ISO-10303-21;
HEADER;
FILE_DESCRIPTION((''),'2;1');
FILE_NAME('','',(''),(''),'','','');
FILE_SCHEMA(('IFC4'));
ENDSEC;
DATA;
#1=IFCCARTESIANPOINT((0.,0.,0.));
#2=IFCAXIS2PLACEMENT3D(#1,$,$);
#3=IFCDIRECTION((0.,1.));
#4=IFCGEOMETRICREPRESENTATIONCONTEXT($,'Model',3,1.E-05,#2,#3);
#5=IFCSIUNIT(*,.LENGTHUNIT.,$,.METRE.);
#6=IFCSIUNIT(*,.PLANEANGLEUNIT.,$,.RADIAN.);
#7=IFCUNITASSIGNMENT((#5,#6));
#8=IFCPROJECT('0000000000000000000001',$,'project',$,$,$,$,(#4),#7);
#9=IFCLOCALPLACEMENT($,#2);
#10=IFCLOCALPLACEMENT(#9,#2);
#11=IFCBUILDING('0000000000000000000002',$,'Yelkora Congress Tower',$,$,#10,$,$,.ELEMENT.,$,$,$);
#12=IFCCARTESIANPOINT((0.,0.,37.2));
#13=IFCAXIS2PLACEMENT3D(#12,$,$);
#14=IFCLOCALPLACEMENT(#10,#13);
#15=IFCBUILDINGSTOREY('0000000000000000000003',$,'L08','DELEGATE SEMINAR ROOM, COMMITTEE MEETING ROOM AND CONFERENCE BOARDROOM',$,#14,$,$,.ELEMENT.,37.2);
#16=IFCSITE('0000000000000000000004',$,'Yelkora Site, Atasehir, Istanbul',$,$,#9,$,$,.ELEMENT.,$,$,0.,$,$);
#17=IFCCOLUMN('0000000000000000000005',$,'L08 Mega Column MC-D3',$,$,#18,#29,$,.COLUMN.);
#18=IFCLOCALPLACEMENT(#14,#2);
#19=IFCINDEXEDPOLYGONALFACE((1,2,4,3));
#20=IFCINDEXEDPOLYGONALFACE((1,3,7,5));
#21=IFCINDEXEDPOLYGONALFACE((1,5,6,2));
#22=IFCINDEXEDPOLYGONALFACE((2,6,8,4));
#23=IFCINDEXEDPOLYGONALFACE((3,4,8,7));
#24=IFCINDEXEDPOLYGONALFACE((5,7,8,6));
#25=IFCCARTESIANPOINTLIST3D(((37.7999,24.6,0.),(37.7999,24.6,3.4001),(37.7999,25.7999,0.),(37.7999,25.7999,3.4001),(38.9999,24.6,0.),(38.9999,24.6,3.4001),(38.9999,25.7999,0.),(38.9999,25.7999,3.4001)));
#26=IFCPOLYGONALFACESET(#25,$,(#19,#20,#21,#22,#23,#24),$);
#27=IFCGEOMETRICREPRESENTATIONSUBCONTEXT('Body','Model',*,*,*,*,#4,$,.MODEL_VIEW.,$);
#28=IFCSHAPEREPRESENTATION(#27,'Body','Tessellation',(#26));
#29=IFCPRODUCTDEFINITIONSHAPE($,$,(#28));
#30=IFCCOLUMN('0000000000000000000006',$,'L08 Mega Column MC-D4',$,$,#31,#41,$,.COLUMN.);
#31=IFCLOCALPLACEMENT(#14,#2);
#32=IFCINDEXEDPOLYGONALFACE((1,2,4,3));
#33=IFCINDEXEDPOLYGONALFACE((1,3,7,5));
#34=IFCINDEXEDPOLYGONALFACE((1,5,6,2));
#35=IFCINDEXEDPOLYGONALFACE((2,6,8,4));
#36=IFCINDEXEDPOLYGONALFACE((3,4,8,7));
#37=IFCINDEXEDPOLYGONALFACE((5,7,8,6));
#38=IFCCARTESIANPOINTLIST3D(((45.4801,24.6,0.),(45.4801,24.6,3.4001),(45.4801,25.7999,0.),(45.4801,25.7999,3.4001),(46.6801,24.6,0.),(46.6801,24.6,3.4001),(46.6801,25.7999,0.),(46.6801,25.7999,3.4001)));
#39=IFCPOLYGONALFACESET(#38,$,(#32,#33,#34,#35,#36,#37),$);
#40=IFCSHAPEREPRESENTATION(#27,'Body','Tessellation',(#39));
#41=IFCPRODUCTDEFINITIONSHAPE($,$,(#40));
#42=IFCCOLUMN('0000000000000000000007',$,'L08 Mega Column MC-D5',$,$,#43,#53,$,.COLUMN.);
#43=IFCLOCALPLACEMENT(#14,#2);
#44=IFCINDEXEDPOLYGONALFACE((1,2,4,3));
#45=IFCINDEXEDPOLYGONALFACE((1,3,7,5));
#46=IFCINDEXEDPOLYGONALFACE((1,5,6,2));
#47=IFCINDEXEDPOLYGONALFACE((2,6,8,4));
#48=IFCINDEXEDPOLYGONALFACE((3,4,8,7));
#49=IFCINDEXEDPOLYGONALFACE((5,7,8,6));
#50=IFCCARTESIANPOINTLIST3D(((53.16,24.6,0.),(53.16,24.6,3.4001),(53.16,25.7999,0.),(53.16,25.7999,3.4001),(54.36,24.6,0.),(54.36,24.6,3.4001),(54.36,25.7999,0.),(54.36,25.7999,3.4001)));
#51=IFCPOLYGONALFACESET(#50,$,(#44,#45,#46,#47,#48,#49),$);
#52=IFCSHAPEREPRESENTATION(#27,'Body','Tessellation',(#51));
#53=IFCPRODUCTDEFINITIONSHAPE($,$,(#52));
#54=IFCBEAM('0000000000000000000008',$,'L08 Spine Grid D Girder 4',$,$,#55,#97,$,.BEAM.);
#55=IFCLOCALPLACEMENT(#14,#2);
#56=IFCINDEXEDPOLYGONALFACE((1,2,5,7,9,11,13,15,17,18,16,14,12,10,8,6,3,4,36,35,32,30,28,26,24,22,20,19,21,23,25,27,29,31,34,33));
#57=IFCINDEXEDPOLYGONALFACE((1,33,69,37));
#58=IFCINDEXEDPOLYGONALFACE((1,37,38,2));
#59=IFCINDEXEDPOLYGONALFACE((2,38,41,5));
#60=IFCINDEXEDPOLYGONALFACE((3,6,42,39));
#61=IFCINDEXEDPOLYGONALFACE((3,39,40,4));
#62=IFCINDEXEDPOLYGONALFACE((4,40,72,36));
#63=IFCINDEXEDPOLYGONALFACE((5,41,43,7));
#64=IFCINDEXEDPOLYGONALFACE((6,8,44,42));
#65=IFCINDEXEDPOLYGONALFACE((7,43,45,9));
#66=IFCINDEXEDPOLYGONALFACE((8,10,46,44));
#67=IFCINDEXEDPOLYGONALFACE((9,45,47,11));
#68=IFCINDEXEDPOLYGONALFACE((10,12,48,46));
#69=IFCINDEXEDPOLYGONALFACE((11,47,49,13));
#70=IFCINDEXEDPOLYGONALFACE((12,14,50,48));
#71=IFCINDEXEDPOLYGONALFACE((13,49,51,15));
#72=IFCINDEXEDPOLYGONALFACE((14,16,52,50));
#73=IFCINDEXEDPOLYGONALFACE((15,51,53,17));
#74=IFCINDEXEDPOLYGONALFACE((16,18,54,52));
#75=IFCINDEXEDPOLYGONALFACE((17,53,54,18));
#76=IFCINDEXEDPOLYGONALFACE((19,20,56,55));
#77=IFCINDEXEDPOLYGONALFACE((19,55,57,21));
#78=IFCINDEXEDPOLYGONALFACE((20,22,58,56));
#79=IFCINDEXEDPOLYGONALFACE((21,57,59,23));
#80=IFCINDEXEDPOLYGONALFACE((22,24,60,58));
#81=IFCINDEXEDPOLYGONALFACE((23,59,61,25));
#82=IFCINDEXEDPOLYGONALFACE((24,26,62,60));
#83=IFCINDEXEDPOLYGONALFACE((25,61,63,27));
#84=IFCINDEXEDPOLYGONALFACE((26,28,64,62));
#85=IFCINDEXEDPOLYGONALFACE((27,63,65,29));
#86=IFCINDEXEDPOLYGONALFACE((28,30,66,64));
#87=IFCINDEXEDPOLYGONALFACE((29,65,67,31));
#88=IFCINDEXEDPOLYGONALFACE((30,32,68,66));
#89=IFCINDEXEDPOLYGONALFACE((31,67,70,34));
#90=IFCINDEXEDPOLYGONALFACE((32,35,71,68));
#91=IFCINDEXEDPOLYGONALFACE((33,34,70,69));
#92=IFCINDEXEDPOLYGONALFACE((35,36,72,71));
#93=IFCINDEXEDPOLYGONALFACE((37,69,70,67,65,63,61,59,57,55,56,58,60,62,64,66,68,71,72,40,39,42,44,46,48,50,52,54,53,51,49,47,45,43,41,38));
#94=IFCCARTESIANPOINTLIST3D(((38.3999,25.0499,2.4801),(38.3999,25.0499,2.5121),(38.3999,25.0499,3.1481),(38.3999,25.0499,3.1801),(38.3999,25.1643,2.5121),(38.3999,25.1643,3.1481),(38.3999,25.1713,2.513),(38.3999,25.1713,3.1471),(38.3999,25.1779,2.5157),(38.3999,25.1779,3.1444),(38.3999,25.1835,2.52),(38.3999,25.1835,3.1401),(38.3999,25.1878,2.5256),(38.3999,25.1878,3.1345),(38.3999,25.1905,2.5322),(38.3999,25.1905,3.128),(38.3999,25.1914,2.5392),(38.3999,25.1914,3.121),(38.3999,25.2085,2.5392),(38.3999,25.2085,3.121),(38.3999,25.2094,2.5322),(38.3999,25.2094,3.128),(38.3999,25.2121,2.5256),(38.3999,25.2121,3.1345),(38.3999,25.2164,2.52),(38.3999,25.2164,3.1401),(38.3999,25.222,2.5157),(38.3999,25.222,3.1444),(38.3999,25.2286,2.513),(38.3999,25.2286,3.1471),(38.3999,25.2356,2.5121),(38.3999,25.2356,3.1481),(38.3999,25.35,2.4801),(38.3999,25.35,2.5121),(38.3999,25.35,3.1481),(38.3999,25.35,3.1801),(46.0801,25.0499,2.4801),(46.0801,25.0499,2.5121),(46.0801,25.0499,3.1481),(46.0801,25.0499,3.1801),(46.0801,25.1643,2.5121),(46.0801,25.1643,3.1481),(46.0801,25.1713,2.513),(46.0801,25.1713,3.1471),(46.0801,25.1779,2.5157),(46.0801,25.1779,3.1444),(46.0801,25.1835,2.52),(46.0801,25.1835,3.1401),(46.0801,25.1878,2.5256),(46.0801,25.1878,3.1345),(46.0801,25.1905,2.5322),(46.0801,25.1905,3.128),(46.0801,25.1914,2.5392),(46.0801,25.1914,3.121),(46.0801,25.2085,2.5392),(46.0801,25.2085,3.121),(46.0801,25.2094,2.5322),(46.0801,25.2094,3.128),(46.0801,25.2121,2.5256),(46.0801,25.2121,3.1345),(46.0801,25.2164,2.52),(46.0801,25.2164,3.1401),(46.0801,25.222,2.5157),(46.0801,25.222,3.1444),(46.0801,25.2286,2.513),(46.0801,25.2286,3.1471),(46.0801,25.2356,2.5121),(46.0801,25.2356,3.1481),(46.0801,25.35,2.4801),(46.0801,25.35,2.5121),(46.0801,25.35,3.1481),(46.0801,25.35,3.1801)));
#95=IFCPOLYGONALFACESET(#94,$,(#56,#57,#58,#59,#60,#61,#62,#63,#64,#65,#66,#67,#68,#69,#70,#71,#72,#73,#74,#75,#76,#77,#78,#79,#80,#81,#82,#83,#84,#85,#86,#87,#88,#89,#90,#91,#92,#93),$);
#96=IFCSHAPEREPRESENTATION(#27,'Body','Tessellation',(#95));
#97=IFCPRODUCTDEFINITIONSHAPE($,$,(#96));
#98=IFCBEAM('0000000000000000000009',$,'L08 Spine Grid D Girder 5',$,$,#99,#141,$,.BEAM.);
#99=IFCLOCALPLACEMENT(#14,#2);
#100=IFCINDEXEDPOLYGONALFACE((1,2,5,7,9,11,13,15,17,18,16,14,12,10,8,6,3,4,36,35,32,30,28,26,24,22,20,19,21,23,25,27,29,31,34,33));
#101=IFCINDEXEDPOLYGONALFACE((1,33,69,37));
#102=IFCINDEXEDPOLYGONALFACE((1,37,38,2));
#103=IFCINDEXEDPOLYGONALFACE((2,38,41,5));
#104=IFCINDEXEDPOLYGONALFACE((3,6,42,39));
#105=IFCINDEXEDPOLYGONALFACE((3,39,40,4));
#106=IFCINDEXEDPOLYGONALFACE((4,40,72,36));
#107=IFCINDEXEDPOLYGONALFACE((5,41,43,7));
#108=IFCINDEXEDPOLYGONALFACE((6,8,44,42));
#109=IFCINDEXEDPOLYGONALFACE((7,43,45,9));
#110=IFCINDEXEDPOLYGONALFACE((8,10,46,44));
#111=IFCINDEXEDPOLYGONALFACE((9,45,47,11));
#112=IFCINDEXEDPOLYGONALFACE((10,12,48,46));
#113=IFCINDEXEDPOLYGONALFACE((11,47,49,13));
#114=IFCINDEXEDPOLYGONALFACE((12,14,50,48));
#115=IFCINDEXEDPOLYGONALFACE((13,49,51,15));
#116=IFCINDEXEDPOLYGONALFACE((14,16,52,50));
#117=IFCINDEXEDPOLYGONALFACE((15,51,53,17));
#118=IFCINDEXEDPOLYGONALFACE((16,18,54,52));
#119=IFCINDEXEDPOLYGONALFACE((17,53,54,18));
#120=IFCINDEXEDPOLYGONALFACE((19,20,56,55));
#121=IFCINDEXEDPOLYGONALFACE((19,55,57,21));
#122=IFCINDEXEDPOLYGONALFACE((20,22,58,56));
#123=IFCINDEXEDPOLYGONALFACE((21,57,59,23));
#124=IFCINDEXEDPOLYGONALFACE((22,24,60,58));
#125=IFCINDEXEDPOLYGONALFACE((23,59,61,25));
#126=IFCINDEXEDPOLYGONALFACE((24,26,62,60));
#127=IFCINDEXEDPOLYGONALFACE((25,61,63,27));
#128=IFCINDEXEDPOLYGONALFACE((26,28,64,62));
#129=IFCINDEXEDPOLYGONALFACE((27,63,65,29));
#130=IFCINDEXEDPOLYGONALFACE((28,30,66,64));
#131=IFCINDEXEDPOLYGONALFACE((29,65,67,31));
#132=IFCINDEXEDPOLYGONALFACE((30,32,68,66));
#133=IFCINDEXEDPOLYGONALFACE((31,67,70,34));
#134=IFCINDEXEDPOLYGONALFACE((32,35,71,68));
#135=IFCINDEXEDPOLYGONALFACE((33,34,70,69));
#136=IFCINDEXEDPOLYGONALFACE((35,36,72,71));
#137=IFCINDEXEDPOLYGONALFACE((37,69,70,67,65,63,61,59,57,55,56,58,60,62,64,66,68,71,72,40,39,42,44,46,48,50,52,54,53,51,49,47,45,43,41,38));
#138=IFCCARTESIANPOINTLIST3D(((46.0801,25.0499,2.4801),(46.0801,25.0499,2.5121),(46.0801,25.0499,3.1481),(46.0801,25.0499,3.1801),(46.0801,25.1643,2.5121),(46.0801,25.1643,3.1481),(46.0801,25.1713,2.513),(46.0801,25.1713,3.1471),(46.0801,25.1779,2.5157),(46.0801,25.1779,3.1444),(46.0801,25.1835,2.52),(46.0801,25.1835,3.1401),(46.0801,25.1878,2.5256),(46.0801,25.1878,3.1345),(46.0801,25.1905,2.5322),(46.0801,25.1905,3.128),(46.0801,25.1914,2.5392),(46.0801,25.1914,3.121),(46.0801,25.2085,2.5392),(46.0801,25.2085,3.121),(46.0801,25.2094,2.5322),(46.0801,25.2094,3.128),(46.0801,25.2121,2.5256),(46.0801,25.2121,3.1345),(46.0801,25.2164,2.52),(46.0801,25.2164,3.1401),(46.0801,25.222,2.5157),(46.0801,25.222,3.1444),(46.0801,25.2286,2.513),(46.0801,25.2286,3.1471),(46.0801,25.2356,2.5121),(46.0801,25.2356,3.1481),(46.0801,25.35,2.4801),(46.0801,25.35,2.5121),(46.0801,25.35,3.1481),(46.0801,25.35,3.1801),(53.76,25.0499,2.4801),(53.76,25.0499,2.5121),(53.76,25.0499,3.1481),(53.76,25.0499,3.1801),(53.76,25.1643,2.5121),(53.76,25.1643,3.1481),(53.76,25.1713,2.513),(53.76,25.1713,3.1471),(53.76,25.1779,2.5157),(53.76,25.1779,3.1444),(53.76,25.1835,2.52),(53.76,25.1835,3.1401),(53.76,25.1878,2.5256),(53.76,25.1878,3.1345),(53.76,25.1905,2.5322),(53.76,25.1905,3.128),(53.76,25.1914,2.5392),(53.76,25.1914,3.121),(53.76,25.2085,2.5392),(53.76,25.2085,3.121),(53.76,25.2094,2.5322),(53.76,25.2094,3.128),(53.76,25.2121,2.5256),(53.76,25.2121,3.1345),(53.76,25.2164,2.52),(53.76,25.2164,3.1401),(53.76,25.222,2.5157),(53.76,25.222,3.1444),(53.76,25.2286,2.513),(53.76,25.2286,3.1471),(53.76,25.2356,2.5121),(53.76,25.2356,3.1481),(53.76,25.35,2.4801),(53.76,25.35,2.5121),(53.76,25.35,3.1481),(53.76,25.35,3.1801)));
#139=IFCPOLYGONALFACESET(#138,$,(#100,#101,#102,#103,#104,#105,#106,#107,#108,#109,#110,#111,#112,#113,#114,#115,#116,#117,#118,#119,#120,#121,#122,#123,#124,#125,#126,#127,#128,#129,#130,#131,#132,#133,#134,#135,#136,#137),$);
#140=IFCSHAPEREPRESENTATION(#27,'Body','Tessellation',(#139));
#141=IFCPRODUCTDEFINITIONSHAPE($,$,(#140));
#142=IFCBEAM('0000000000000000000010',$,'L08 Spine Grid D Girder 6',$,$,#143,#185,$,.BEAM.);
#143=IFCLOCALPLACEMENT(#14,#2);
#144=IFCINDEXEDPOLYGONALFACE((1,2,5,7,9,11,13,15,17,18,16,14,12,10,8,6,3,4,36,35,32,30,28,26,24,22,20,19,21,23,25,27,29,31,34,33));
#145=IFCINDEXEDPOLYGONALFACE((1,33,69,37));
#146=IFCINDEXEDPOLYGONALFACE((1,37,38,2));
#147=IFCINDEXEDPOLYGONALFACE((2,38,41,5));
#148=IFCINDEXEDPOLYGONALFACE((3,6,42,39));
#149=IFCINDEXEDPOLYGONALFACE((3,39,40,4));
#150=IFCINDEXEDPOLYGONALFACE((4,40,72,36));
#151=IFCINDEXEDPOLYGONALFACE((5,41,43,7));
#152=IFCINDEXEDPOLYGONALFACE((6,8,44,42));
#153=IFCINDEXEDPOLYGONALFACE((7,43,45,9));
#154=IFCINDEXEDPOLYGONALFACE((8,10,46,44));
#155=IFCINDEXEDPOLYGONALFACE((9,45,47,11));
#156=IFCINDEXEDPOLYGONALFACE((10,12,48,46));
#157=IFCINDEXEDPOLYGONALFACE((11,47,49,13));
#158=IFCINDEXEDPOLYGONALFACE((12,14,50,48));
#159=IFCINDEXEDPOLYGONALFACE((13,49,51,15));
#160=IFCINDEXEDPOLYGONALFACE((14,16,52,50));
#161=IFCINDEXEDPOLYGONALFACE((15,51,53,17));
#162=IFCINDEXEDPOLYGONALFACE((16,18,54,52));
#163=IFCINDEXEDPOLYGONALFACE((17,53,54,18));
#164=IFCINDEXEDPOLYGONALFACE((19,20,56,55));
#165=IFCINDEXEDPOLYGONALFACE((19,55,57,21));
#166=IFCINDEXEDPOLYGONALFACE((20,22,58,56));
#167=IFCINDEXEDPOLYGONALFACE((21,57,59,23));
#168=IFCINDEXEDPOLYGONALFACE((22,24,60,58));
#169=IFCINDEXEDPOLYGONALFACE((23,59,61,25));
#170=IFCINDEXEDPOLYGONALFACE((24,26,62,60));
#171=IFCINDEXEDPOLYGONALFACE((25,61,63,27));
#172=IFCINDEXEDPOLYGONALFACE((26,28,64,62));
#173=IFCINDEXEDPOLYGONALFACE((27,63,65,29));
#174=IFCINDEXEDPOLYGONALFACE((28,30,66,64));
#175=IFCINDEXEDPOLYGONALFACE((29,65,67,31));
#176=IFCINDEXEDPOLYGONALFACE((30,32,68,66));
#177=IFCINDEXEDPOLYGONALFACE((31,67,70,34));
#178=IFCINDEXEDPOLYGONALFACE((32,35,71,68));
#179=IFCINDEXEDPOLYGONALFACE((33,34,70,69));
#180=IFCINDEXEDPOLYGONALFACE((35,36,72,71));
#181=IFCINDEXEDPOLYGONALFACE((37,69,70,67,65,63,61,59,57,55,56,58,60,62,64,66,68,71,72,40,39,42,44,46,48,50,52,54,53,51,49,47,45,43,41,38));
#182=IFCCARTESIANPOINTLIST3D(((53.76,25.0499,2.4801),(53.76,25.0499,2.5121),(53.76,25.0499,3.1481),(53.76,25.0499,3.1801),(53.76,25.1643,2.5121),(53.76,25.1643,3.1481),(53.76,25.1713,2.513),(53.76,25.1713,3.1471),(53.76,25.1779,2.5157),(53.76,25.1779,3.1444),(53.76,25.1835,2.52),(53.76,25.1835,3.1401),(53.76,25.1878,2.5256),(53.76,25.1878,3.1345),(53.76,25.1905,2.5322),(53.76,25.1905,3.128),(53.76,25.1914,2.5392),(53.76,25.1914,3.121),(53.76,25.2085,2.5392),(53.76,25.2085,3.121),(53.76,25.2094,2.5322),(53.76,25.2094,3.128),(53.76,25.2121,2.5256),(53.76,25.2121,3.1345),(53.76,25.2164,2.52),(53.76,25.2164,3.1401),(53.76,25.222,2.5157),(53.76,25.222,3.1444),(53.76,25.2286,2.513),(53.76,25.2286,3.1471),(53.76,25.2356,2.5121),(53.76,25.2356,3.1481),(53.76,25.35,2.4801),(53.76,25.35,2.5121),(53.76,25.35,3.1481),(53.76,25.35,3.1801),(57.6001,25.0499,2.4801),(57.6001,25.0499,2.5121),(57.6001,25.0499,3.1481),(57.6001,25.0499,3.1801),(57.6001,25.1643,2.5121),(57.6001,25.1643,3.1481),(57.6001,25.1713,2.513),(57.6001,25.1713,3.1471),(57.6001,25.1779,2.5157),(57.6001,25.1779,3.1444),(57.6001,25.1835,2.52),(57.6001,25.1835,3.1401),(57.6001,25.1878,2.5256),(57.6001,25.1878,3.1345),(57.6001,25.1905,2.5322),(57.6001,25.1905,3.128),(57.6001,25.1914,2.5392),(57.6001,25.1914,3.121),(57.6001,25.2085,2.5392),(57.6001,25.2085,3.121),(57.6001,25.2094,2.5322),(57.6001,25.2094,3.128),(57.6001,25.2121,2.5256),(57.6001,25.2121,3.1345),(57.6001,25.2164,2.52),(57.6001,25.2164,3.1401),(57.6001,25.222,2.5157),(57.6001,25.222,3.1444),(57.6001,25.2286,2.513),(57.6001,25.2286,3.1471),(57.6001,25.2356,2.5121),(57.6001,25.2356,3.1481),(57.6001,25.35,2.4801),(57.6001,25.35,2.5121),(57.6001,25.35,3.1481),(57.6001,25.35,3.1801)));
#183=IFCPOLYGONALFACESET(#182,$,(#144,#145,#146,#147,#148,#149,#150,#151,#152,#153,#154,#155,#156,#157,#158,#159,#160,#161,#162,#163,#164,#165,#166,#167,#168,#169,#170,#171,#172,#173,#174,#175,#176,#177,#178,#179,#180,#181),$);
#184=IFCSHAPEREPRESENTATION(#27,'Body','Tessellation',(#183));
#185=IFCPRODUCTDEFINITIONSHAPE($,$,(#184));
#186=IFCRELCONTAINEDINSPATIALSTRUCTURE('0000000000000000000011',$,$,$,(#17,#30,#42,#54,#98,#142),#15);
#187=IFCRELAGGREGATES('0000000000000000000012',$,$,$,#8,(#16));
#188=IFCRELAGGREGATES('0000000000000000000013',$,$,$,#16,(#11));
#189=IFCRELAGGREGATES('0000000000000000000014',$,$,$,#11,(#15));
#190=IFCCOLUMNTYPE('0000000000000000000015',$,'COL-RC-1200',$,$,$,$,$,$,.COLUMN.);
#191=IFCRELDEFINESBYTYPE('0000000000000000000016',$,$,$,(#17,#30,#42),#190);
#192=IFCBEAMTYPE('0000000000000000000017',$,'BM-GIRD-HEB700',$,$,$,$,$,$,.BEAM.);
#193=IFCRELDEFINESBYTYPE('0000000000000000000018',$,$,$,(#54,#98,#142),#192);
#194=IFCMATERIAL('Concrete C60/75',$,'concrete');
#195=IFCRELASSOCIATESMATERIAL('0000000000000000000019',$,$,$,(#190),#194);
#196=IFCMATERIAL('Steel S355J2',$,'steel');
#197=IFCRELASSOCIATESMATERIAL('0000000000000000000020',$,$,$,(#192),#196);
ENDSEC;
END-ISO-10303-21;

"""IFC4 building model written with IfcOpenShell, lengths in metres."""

from ifc_helpers import new_model, si_unit, direction, frame, origin, origin_2d, place, context, subcontext, project, spatial, rectangle, i_section, extrude, material, material_profile, profile_set, type_object, element, save


model = new_model("IFC4")

# Units and contexts
model_context = context("Model", 3, precision=1e-05, world=origin(), true_north=direction((0.0, 1.0)))
body_context = subcontext(model_context, "Body", "Model", "MODEL_VIEW")
ifc_project = project(units=[si_unit("LENGTHUNIT", "METRE"), si_unit("PLANEANGLEUNIT", "RADIAN")], contexts=[model_context])

# Site, building, storey
site_placement = place(None, origin())
site = spatial("IfcSite", under=ifc_project, at=site_placement, Name="Yelkora Site, Atasehir, Istanbul", CompositionType="ELEMENT", RefElevation=0.0)
building_placement = place(site_placement, origin())
building = spatial("IfcBuilding", under=site, at=building_placement, Name="Yelkora Congress Tower", CompositionType="ELEMENT")
storey_placement = place(building_placement, frame((0.0, 0.0, 37.2)))
storey = spatial("IfcBuildingStorey", under=building, at=storey_placement, Name="L08", Description="DELEGATE SEMINAR ROOM, COMMITTEE MEETING ROOM AND CONFERENCE BOARDROOM", CompositionType="ELEMENT", Elevation=37.2)

# Columns
ifc_material_1 = material(Name="Concrete C60/75", Category="concrete")
ifc_material_profile_1 = material_profile(ifc_material_1, rectangle(XDim=1.2, YDim=1.2, at=origin_2d()), Name="RC 1200x1200")
ifc_profile_set_1 = profile_set([ifc_material_profile_1], Name="Concrete C60/75")
column_type = type_object("IfcColumnType", Name="COL-RC-1200", PredefinedType="COLUMN", material=ifc_profile_set_1)
for number, where, z_axis, x_axis, name in (
    (1, (38.3999, 25.2, 0.0), (0.0, 0.0, 1.0), (1.0, 0.0, 0.0), "L08 Mega Column MC-D3"),
    (2, (46.0801, 25.2, 0.0), (0.0, 0.0, 1.0), (1.0, 0.0, 0.0), "L08 Mega Column MC-D4"),
    (3, (53.76, 25.2, 0.0), (0.0, 0.0, 1.0), (1.0, 0.0, 0.0), "L08 Mega Column MC-D5"),
):
    element("IfcColumn", number, at=place(storey_placement, frame(where, z_axis=z_axis, x_axis=x_axis)), inside=storey, type_object=column_type, Name=name, PredefinedType="COLUMN", context=body_context, shape_type="SweptSolid", body=[
        extrude(rectangle(XDim=1.2, YDim=1.2, at=origin_2d()), origin(), (0.0, 0.0, 1.0), 3.4001),
    ])

# Beams
ifc_material_2 = material(Name="Steel S355J2", Category="steel")
ifc_material_profile_2 = material_profile(ifc_material_2, i_section(OverallWidth=0.3, OverallDepth=0.7, WebThickness=0.0171, FlangeThickness=0.032, FilletRadius=0.0271, at=origin_2d()), Name="HEB 700")
ifc_profile_set_2 = profile_set([ifc_material_profile_2], Name="Steel S355J2")
beam_type_1 = type_object("IfcBeamType", Name="BM-GIRD-HEB700", PredefinedType="BEAM", material=ifc_profile_set_2)
beam_1_placement = place(storey_placement, frame((38.3999, 25.2, 2.8301), z_axis=(1.0, 0.0, 0.0), x_axis=(0.0, 1.0, 0.0)))
element("IfcBeam", 4, at=beam_1_placement, inside=storey, type_object=beam_type_1, Name="L08 Spine Grid D Girder 4", PredefinedType="BEAM", context=body_context, shape_type="SweptSolid", body=[
    extrude(i_section(OverallWidth=0.3, OverallDepth=0.7, WebThickness=0.0171, FlangeThickness=0.032, FilletRadius=0.0271, at=origin_2d()), origin(), (0.0, 0.0, 1.0), 7.6802),
])
beam_2_placement = place(storey_placement, frame((46.0801, 25.2, 2.8301), z_axis=(1.0, 0.0, 0.0), x_axis=(0.0, 1.0, 0.0)))
element("IfcBeam", 5, at=beam_2_placement, inside=storey, type_object=beam_type_1, Name="L08 Spine Grid D Girder 5", PredefinedType="BEAM", context=body_context, shape_type="SweptSolid", body=[
    extrude(i_section(OverallWidth=0.3, OverallDepth=0.7, WebThickness=0.0171, FlangeThickness=0.032, FilletRadius=0.0271, at=origin_2d()), origin(), (0.0, 0.0, 1.0), 7.6799),
])
beam_3_placement = place(storey_placement, frame((53.76, 25.2, 2.8301), z_axis=(1.0, 0.0, 0.0), x_axis=(0.0, 1.0, 0.0)))
element("IfcBeam", 6, at=beam_3_placement, inside=storey, type_object=beam_type_1, Name="L08 Spine Grid D Girder 6", PredefinedType="BEAM", context=body_context, shape_type="SweptSolid", body=[
    extrude(i_section(OverallWidth=0.3, OverallDepth=0.7, WebThickness=0.0171, FlangeThickness=0.032, FilletRadius=0.0271, at=origin_2d()), origin(), (0.0, 0.0, 1.0), 3.8401),
])

save(model, "model.ifc")
